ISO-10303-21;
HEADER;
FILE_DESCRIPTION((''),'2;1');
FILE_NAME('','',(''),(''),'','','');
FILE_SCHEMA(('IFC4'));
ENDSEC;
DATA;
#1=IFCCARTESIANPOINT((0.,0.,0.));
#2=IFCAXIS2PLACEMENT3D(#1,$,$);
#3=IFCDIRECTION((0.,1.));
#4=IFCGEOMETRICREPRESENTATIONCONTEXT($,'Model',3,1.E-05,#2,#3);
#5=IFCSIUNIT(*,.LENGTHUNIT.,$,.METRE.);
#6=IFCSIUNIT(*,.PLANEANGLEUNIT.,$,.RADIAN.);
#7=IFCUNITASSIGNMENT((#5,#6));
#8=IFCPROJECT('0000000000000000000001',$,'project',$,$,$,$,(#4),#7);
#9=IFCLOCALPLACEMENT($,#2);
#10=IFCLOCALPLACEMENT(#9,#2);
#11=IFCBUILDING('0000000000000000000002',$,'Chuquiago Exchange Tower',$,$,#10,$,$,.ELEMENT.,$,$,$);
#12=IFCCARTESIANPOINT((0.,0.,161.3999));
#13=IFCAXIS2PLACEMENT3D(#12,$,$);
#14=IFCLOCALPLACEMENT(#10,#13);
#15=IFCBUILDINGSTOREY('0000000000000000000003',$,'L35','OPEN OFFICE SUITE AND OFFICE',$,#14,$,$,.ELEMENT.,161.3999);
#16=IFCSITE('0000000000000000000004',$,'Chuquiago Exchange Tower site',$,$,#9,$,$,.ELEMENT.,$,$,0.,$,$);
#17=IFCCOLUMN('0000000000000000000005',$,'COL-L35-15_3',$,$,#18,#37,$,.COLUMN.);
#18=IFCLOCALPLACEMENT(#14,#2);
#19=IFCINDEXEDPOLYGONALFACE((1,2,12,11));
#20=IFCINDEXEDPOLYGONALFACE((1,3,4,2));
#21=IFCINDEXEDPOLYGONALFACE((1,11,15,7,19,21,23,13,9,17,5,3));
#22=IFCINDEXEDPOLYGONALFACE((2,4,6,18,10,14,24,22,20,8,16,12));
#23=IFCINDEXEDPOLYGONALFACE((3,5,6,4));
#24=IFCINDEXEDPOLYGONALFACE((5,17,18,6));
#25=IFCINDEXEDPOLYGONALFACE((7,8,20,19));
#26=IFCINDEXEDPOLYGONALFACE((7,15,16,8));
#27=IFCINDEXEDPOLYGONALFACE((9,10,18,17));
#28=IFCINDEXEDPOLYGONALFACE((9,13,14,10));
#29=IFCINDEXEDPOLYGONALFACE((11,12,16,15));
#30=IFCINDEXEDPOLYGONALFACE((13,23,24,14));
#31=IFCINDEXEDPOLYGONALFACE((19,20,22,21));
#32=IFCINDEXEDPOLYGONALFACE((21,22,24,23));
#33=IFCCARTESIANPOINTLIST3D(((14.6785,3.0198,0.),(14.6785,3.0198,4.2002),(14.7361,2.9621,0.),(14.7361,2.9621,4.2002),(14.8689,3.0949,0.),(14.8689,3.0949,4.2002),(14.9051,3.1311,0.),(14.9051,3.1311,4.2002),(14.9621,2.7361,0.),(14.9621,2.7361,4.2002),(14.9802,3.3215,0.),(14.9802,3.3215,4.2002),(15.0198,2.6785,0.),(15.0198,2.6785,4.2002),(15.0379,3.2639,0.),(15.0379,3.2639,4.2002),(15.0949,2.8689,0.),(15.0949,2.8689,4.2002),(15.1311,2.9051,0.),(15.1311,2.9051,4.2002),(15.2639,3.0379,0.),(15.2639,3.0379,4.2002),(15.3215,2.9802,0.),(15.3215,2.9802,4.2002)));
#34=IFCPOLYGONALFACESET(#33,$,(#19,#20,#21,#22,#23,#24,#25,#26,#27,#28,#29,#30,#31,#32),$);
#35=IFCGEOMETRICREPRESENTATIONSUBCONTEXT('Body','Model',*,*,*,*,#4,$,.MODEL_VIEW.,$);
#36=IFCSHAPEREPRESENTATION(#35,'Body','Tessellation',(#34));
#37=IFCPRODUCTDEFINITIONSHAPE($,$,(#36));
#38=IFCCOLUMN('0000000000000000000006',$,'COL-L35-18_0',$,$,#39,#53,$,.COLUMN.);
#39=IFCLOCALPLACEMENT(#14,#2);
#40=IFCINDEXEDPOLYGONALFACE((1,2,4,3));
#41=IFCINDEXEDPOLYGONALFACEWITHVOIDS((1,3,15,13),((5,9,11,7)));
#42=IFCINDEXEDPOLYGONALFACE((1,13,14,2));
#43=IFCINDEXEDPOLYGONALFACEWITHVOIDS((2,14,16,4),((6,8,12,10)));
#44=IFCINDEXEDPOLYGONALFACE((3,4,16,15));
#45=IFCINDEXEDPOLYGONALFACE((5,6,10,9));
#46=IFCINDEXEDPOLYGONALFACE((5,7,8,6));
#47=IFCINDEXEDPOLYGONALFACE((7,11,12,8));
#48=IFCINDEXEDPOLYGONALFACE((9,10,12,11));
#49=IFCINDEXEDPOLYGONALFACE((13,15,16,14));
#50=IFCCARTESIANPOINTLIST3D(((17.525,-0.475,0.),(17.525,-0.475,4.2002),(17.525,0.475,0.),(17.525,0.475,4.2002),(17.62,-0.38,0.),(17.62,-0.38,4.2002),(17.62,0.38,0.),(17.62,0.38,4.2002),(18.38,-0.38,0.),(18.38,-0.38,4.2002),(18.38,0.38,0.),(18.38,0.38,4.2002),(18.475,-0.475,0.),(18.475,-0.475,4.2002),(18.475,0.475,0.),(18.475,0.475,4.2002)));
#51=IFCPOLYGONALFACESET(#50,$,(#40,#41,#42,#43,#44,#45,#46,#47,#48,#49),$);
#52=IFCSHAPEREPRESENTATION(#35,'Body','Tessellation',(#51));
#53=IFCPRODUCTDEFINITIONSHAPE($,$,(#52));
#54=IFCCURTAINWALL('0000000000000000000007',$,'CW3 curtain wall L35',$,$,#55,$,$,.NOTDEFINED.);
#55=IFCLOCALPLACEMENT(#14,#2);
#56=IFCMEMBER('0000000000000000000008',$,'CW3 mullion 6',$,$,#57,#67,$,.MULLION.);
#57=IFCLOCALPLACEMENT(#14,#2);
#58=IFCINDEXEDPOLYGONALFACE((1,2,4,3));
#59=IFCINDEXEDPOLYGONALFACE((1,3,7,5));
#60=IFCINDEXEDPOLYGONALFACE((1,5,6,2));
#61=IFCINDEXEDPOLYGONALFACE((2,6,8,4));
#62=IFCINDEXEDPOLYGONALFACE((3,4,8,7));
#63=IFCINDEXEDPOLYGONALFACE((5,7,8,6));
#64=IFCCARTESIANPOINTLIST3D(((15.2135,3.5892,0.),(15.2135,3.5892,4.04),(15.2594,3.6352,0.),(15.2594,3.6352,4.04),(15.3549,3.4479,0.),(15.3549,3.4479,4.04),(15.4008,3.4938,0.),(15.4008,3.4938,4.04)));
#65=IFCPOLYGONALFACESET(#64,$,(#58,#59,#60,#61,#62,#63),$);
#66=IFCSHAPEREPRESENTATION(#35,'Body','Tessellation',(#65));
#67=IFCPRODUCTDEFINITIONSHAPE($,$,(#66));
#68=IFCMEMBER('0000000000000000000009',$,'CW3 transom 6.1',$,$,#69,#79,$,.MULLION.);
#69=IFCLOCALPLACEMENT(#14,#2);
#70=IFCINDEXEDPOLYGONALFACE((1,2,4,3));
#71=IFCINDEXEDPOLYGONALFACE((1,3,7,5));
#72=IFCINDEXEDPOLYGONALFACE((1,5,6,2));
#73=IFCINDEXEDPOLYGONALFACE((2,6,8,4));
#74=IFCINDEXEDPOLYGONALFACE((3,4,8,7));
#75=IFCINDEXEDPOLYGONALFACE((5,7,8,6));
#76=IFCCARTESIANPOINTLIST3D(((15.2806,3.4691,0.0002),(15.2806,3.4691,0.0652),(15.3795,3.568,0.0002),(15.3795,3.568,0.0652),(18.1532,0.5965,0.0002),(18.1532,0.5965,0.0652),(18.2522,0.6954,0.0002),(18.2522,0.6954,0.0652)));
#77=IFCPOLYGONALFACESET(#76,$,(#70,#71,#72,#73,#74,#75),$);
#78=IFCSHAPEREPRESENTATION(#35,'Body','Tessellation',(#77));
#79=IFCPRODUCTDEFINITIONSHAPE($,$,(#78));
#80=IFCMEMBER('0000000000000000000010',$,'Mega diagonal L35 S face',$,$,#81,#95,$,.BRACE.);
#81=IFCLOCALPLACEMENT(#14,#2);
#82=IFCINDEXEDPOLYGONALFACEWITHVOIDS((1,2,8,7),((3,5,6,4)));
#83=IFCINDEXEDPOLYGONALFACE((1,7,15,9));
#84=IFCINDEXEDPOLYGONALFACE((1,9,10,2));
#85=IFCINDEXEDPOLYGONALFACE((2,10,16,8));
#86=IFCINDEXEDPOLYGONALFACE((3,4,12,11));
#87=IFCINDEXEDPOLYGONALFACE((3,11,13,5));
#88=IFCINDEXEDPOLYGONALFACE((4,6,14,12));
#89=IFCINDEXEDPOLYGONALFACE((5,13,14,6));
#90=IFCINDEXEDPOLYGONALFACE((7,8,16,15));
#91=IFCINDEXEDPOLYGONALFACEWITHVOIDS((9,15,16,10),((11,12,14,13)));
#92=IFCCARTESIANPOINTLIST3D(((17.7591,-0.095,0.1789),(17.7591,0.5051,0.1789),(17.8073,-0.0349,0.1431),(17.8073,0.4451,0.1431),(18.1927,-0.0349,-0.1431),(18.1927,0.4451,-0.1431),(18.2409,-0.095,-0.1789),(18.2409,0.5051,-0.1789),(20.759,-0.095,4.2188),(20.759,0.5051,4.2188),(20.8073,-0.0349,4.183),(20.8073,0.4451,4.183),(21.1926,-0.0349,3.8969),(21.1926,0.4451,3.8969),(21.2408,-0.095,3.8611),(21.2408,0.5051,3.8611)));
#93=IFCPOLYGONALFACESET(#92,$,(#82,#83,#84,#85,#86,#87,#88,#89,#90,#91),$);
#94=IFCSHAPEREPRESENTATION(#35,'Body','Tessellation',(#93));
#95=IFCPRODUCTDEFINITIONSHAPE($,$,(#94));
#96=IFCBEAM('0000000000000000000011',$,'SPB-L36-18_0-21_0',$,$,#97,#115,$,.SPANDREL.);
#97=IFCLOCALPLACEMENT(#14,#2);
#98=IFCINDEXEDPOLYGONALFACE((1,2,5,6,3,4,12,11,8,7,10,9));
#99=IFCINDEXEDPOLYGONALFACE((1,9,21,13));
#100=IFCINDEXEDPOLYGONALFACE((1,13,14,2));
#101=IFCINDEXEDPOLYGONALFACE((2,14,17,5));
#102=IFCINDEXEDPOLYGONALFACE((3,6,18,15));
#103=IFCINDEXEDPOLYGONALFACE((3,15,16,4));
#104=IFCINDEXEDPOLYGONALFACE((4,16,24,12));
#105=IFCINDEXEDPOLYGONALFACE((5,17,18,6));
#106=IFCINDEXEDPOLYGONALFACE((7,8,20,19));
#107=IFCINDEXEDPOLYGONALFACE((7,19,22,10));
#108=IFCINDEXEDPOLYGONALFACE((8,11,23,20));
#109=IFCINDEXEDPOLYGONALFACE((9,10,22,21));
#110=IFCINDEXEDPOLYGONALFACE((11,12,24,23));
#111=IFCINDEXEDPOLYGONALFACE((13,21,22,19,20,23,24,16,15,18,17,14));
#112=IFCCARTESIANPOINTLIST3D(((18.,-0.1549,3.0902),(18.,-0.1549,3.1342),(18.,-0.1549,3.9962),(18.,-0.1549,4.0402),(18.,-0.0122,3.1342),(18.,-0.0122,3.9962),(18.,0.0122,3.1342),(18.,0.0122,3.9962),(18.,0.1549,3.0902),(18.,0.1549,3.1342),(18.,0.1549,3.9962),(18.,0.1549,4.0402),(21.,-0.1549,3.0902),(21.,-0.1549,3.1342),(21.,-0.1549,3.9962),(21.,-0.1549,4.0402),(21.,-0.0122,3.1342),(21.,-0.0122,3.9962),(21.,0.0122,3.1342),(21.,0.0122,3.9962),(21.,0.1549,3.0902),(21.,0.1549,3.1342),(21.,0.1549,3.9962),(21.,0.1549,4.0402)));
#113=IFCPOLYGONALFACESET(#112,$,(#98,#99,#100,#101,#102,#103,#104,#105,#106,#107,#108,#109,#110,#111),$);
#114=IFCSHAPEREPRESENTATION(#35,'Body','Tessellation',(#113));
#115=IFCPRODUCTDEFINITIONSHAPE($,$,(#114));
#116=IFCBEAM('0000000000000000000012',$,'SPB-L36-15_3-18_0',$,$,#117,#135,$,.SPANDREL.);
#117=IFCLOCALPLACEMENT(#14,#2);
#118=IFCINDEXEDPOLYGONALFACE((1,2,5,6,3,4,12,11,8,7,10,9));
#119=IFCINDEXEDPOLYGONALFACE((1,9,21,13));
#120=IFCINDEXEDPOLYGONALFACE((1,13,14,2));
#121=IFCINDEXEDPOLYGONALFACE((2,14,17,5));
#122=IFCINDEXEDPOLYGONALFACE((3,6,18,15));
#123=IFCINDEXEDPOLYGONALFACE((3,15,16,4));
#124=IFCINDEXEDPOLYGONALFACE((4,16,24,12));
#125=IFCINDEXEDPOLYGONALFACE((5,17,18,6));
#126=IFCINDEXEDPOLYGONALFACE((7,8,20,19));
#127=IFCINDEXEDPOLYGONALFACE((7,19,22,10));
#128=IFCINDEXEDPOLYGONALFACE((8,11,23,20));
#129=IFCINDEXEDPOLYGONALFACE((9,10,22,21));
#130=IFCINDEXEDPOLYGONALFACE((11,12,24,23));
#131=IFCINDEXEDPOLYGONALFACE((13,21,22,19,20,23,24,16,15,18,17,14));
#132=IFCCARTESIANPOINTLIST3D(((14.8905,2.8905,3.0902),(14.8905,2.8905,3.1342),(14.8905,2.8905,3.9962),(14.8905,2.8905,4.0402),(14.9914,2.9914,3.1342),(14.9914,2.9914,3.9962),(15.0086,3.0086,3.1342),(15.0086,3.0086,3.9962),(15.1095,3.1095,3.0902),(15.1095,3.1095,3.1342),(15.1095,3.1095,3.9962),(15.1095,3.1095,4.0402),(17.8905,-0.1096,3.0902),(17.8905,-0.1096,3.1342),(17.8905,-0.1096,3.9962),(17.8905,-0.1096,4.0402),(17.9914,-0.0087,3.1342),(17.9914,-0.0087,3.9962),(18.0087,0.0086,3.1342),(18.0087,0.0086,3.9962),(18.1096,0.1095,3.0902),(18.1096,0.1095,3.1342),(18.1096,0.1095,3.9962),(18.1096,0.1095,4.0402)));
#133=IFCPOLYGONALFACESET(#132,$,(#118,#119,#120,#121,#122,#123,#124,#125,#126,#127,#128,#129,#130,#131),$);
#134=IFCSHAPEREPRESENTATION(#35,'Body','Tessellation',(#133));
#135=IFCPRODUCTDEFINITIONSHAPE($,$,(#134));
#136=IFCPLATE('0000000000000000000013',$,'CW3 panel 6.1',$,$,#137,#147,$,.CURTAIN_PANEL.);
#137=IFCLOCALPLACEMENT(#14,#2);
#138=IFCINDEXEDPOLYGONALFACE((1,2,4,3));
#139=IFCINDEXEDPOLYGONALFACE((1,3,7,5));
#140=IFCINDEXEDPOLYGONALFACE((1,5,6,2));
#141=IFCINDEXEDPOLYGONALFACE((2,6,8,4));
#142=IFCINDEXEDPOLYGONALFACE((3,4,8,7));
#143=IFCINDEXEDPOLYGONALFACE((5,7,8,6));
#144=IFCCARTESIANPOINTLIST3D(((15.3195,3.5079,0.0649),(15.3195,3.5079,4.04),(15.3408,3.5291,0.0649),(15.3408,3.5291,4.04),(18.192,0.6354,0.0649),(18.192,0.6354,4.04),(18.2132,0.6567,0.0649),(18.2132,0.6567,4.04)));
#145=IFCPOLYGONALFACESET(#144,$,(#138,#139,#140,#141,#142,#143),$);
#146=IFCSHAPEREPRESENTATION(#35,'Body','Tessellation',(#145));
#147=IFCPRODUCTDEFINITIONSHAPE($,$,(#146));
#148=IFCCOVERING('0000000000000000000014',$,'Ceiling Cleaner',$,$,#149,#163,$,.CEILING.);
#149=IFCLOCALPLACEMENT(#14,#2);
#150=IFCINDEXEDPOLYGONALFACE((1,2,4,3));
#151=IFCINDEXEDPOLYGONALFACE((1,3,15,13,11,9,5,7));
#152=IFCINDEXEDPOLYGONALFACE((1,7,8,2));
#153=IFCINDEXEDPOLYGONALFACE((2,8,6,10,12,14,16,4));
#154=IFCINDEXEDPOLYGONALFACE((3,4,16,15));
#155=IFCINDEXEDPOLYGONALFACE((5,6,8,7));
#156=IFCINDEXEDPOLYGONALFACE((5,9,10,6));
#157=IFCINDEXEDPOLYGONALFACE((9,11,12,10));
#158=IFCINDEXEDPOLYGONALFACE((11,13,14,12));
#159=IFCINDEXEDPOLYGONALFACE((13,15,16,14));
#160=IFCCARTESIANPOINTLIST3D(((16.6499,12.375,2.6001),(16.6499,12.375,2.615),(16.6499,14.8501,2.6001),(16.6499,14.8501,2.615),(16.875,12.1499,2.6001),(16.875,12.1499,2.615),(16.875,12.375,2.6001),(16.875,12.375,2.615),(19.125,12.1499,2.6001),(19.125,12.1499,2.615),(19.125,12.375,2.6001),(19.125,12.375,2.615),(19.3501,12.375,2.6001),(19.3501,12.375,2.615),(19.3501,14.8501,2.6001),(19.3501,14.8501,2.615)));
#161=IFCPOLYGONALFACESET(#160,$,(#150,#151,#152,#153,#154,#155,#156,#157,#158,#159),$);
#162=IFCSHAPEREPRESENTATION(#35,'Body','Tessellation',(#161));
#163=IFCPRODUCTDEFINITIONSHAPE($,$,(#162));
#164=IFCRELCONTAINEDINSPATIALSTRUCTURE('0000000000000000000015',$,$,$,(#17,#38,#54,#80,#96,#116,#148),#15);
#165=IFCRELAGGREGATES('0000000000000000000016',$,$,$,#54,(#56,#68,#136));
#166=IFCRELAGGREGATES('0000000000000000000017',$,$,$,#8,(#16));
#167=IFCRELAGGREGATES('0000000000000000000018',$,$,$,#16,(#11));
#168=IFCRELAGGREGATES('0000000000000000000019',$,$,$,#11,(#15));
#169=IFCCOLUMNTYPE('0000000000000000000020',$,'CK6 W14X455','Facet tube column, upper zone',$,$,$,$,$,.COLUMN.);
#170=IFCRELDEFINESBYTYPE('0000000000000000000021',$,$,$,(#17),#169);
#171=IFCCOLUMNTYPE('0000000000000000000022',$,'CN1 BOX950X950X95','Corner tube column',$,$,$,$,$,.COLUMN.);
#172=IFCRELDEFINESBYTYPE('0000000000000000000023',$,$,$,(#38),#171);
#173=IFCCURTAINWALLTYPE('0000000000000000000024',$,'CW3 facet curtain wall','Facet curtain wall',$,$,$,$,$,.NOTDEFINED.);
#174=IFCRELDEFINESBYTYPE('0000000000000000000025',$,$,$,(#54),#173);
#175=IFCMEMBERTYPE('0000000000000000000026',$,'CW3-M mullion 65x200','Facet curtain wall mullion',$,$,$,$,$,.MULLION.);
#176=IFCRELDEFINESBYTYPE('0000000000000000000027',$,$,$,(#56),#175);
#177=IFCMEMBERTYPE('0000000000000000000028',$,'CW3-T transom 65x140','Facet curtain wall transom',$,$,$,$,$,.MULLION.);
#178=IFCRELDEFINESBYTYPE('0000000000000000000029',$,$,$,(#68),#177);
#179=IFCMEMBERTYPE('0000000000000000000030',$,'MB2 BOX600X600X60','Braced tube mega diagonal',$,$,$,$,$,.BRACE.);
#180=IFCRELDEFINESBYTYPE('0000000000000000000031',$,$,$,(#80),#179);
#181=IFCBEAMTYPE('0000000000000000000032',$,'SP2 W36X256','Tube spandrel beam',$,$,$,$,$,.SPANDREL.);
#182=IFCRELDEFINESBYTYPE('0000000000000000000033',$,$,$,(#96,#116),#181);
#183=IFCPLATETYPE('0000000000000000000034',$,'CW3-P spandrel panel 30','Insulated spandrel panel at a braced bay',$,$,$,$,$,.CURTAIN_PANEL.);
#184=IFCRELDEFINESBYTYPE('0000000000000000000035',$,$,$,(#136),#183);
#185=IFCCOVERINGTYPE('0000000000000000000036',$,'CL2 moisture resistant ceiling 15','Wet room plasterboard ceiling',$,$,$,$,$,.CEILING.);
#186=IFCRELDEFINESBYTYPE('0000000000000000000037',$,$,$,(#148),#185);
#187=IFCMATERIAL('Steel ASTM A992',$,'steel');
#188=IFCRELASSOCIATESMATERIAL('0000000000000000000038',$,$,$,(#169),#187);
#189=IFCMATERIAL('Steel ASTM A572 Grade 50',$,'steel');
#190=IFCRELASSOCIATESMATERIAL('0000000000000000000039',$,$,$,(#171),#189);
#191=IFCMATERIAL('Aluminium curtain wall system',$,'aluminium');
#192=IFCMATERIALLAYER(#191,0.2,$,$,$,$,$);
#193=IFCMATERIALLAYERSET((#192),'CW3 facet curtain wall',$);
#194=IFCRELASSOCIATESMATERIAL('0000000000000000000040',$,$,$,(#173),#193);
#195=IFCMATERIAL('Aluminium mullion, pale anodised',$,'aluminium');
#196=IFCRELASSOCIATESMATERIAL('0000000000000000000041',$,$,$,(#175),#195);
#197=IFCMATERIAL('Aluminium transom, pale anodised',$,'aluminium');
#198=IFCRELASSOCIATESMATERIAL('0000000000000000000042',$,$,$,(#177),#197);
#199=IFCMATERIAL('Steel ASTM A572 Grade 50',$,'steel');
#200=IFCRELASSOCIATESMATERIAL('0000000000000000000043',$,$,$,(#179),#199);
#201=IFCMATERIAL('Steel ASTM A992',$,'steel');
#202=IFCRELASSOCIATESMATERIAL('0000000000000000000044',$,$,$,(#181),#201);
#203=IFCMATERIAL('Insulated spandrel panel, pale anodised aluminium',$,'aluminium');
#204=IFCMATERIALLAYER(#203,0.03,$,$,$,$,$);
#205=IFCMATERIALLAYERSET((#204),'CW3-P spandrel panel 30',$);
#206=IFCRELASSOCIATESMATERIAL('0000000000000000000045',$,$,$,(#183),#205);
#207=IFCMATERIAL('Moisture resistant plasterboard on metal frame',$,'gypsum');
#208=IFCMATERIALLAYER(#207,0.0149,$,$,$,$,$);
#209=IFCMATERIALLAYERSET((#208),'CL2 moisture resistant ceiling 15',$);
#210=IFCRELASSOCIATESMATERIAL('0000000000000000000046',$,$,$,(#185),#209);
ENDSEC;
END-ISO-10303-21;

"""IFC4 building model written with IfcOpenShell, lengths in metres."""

from ifc_helpers import new_model, si_unit, direction, frame, origin, origin_2d, place, context, subcontext, project, spatial, polyline, rectangle, hollow_rectangle, i_section, outline, extrude, material, layer, layer_set, material_profile, profile_set, type_object, element, aggregate, save


model = new_model("IFC4")

# Units and contexts
model_context = context("Model", 3, precision=1e-05, world=origin(), true_north=direction((0.0, 1.0)))
body_context = subcontext(model_context, "Body", "Model", "MODEL_VIEW")
ifc_project = project(units=[si_unit("LENGTHUNIT", "METRE"), si_unit("PLANEANGLEUNIT", "RADIAN")], contexts=[model_context])

# Site, building, storey
site_placement = place(None, origin())
site = spatial("IfcSite", under=ifc_project, at=site_placement, Name="Chuquiago Exchange Tower site", CompositionType="ELEMENT", RefElevation=0.0)
building_placement = place(site_placement, origin())
building = spatial("IfcBuilding", under=site, at=building_placement, Name="Chuquiago Exchange Tower", CompositionType="ELEMENT")
storey_placement = place(building_placement, frame((0.0, 0.0, 161.3999)))
storey = spatial("IfcBuildingStorey", under=building, at=storey_placement, Name="L35", Description="OPEN OFFICE SUITE AND OFFICE", CompositionType="ELEMENT", Elevation=161.3999)

# Columns
ifc_material_1 = material(Name="Steel ASTM A992", Category="steel")
ifc_material_profile_1 = material_profile(ifc_material_1, i_section(OverallWidth=0.4268, OverallDepth=0.4827, WebThickness=0.0513, FlangeThickness=0.0815, at=origin_2d()), Name="W14X455")
ifc_profile_set_1 = profile_set([ifc_material_profile_1], Name="Steel ASTM A992")
column_type_1 = type_object("IfcColumnType", Name="CK6 W14X455", Description="Facet tube column, upper zone", PredefinedType="COLUMN", material=ifc_profile_set_1)
column_1_placement = place(storey_placement, frame((15.0, 3.0, 0.0), z_axis=(0.0, 0.0, 1.0), x_axis=(-0.707107, -0.707107, 0.0)))
element("IfcColumn", 1, at=column_1_placement, inside=storey, type_object=column_type_1, Name="COL-L35-15_3", PredefinedType="COLUMN", context=body_context, shape_type="SweptSolid", body=[
    extrude(i_section(OverallWidth=0.4268, OverallDepth=0.4827, WebThickness=0.0513, FlangeThickness=0.0815, at=origin_2d()), origin(), (0.0, 0.0, 1.0), 4.2002),
])
ifc_material_2 = material(Name="Steel ASTM A572 Grade 50", Category="steel")
ifc_material_profile_2 = material_profile(ifc_material_2, hollow_rectangle(XDim=0.95, YDim=0.95, WallThickness=0.095, at=origin_2d()), Name="BOX950X950X95")
ifc_profile_set_2 = profile_set([ifc_material_profile_2], Name="Steel ASTM A572 Grade 50")
column_type_2 = type_object("IfcColumnType", Name="CN1 BOX950X950X95", Description="Corner tube column", PredefinedType="COLUMN", material=ifc_profile_set_2)
column_2_placement = place(storey_placement, frame((18.0, 0.0, 0.0), z_axis=(0.0, 0.0, 1.0), x_axis=(0.0, -1.0, 0.0)))
element("IfcColumn", 2, at=column_2_placement, inside=storey, type_object=column_type_2, Name="COL-L35-18_0", PredefinedType="COLUMN", context=body_context, shape_type="SweptSolid", body=[
    extrude(hollow_rectangle(XDim=0.95, YDim=0.95, WallThickness=0.095, at=origin_2d()), origin(), (0.0, 0.0, 1.0), 4.2002),
])

# Curtain wall, members
ifc_material_3 = material(Name="Aluminium curtain wall system", Category="aluminium")
ifc_layer_1 = layer(ifc_material_3, 0.2)
ifc_layer_set_1 = layer_set([ifc_layer_1], Name="CW3 facet curtain wall")
curtain_wall_type = type_object("IfcCurtainWallType", Name="CW3 facet curtain wall", Description="Facet curtain wall", PredefinedType="NOTDEFINED", material=ifc_layer_set_1)
curtain_wall_placement = place(storey_placement, origin())
curtain_wall = element("IfcCurtainWall", 3, at=curtain_wall_placement, inside=storey, type_object=curtain_wall_type, Name="CW3 curtain wall L35", PredefinedType="NOTDEFINED")
ifc_material_4 = material(Name="Aluminium mullion, pale anodised", Category="aluminium")
ifc_material_profile_3 = material_profile(ifc_material_4, rectangle(XDim=0.0649, YDim=0.2, at=origin_2d()), Name="AL 65x200")
ifc_profile_set_3 = profile_set([ifc_material_profile_3], Name="Aluminium mullion, pale anodised")
member_type_1 = type_object("IfcMemberType", Name="CW3-M mullion 65x200", Description="Facet curtain wall mullion", PredefinedType="MULLION", material=ifc_profile_set_3)
member_1_placement = place(storey_placement, frame((15.3071, 3.5415, 0.0), z_axis=(0.0, 0.0, 1.0), x_axis=(0.707107, 0.707107, 0.0)))
member_1 = element("IfcMember", 4, at=member_1_placement, type_object=member_type_1, Name="CW3 mullion 6", PredefinedType="MULLION", context=body_context, shape_type="SweptSolid", body=[
    extrude(rectangle(XDim=0.0649, YDim=0.2, at=origin_2d()), origin(), (0.0, 0.0, 1.0), 4.04),
])
ifc_material_5 = material(Name="Aluminium transom, pale anodised", Category="aluminium")
ifc_material_profile_4 = material_profile(ifc_material_5, rectangle(XDim=0.1399, YDim=0.0649, at=origin_2d()), Name="AL 140x65")
ifc_profile_set_4 = profile_set([ifc_material_profile_4], Name="Aluminium transom, pale anodised")
member_type_2 = type_object("IfcMemberType", Name="CW3-T transom 65x140", Description="Facet curtain wall transom", PredefinedType="MULLION", material=ifc_profile_set_4)
member_2_placement = place(storey_placement, frame((15.3301, 3.5186, 0.0327), z_axis=(0.707107, -0.707107, 0.0), x_axis=(0.707107, 0.707107, 0.0)))
member_2 = element("IfcMember", 5, at=member_2_placement, type_object=member_type_2, Name="CW3 transom 6.1", PredefinedType="MULLION", context=body_context, shape_type="SweptSolid", body=[
    extrude(rectangle(XDim=0.1399, YDim=0.0649, at=origin_2d()), origin(), (0.0, 0.0, 1.0), 4.0625),
])

# Member
ifc_material_6 = material(Name="Steel ASTM A572 Grade 50", Category="steel")
ifc_material_profile_5 = material_profile(ifc_material_6, hollow_rectangle(XDim=0.6001, YDim=0.6001, WallThickness=0.0601, at=origin_2d()), Name="BOX600X600X60")
ifc_profile_set_5 = profile_set([ifc_material_profile_5], Name="Steel ASTM A572 Grade 50")
member_type_3 = type_object("IfcMemberType", Name="MB2 BOX600X600X60", Description="Braced tube mega diagonal", PredefinedType="BRACE", material=ifc_profile_set_5)
member_3_placement = place(storey_placement, frame((18.0, 0.2051, 0.0), z_axis=(0.596174, 0.0, 0.802855), x_axis=(0.0, 1.0, 0.0)))
element("IfcMember", 6, at=member_3_placement, inside=storey, type_object=member_type_3, Name="Mega diagonal L35 S face", PredefinedType="BRACE", context=body_context, shape_type="SweptSolid", body=[
    extrude(hollow_rectangle(XDim=0.6001, YDim=0.6001, WallThickness=0.0601, at=origin_2d()), origin(), (0.0, 0.0, 1.0), 5.032),
])

# Beams
ifc_material_7 = material(Name="Steel ASTM A992", Category="steel")
ifc_material_profile_6 = material_profile(ifc_material_7, i_section(OverallWidth=0.3098, OverallDepth=0.95, WebThickness=0.0244, FlangeThickness=0.0439, at=origin_2d()), Name="W36X256")
ifc_profile_set_6 = profile_set([ifc_material_profile_6], Name="Steel ASTM A992")
beam_type = type_object("IfcBeamType", Name="SP2 W36X256", Description="Tube spandrel beam", PredefinedType="SPANDREL", material=ifc_profile_set_6)
beam_1_placement = place(storey_placement, frame((18.0, 0.0, 3.5652), z_axis=(1.0, 0.0, 0.0), x_axis=(0.0, 1.0, 0.0)))
element("IfcBeam", 7, at=beam_1_placement, inside=storey, type_object=beam_type, Name="SPB-L36-18_0-21_0", PredefinedType="SPANDREL", context=body_context, shape_type="SweptSolid", body=[
    extrude(i_section(OverallWidth=0.3098, OverallDepth=0.95, WebThickness=0.0244, FlangeThickness=0.0439, at=origin_2d()), origin(), (0.0, 0.0, 1.0), 3.0),
])
beam_2_placement = place(storey_placement, frame((15.0, 3.0, 3.5652), z_axis=(0.707107, -0.707107, 0.0), x_axis=(0.707107, 0.707107, 0.0)))
element("IfcBeam", 8, at=beam_2_placement, inside=storey, type_object=beam_type, Name="SPB-L36-15_3-18_0", PredefinedType="SPANDREL", context=body_context, shape_type="SweptSolid", body=[
    extrude(i_section(OverallWidth=0.3098, OverallDepth=0.95, WebThickness=0.0244, FlangeThickness=0.0439, at=origin_2d()), origin(), (0.0, 0.0, 1.0), 4.2427),
])

# Plate
ifc_material_8 = material(Name="Insulated spandrel panel, pale anodised aluminium", Category="aluminium")
ifc_layer_2 = layer(ifc_material_8, 0.03)
ifc_layer_set_2 = layer_set([ifc_layer_2], Name="CW3-P spandrel panel 30")
plate_type = type_object("IfcPlateType", Name="CW3-P spandrel panel 30", Description="Insulated spandrel panel at a braced bay", PredefinedType="CURTAIN_PANEL", material=ifc_layer_set_2)
plate_placement = place(storey_placement, frame((16.7664, 2.0823, 0.0649), z_axis=(0.0, 0.0, 1.0), x_axis=(0.707107, -0.707107, 0.0)))
plate = element("IfcPlate", 9, at=plate_placement, type_object=plate_type, Name="CW3 panel 6.1", PredefinedType="CURTAIN_PANEL", context=body_context, shape_type="SweptSolid", body=[
    extrude(rectangle(XDim=4.0623, YDim=0.03, at=origin_2d()), origin(), (0.0, 0.0, 1.0), 3.9751),
])
aggregate(curtain_wall, [member_1, member_2, plate])

# Covering
ifc_material_9 = material(Name="Moisture resistant plasterboard on metal frame", Category="gypsum")
ifc_layer_3 = layer(ifc_material_9, 0.0149)
ifc_layer_set_3 = layer_set([ifc_layer_3], Name="CL2 moisture resistant ceiling 15")
covering_type_1 = type_object("IfcCoveringType", Name="CL2 moisture resistant ceiling 15", Description="Wet room plasterboard ceiling", PredefinedType="CEILING", material=ifc_layer_set_3)
covering_1_placement = place(storey_placement, frame((0.0, 0.0, 2.6001)))
element("IfcCovering", 10, at=covering_1_placement, inside=storey, type_object=covering_type_1, Name="Ceiling Cleaner", PredefinedType="CEILING", context=body_context, shape_type="SweptSolid", body=[
    extrude(outline(polyline([(16.875, 12.1499), (16.875, 12.375), (16.6499, 12.375), (16.6499, 14.8501), (19.3501, 14.8501), (19.3501, 12.375), (19.125, 12.375), (19.125, 12.1499), (16.875, 12.1499)])), origin(), (0.0, 0.0, 1.0), 0.0149),
])

save(model, "model.ifc")
